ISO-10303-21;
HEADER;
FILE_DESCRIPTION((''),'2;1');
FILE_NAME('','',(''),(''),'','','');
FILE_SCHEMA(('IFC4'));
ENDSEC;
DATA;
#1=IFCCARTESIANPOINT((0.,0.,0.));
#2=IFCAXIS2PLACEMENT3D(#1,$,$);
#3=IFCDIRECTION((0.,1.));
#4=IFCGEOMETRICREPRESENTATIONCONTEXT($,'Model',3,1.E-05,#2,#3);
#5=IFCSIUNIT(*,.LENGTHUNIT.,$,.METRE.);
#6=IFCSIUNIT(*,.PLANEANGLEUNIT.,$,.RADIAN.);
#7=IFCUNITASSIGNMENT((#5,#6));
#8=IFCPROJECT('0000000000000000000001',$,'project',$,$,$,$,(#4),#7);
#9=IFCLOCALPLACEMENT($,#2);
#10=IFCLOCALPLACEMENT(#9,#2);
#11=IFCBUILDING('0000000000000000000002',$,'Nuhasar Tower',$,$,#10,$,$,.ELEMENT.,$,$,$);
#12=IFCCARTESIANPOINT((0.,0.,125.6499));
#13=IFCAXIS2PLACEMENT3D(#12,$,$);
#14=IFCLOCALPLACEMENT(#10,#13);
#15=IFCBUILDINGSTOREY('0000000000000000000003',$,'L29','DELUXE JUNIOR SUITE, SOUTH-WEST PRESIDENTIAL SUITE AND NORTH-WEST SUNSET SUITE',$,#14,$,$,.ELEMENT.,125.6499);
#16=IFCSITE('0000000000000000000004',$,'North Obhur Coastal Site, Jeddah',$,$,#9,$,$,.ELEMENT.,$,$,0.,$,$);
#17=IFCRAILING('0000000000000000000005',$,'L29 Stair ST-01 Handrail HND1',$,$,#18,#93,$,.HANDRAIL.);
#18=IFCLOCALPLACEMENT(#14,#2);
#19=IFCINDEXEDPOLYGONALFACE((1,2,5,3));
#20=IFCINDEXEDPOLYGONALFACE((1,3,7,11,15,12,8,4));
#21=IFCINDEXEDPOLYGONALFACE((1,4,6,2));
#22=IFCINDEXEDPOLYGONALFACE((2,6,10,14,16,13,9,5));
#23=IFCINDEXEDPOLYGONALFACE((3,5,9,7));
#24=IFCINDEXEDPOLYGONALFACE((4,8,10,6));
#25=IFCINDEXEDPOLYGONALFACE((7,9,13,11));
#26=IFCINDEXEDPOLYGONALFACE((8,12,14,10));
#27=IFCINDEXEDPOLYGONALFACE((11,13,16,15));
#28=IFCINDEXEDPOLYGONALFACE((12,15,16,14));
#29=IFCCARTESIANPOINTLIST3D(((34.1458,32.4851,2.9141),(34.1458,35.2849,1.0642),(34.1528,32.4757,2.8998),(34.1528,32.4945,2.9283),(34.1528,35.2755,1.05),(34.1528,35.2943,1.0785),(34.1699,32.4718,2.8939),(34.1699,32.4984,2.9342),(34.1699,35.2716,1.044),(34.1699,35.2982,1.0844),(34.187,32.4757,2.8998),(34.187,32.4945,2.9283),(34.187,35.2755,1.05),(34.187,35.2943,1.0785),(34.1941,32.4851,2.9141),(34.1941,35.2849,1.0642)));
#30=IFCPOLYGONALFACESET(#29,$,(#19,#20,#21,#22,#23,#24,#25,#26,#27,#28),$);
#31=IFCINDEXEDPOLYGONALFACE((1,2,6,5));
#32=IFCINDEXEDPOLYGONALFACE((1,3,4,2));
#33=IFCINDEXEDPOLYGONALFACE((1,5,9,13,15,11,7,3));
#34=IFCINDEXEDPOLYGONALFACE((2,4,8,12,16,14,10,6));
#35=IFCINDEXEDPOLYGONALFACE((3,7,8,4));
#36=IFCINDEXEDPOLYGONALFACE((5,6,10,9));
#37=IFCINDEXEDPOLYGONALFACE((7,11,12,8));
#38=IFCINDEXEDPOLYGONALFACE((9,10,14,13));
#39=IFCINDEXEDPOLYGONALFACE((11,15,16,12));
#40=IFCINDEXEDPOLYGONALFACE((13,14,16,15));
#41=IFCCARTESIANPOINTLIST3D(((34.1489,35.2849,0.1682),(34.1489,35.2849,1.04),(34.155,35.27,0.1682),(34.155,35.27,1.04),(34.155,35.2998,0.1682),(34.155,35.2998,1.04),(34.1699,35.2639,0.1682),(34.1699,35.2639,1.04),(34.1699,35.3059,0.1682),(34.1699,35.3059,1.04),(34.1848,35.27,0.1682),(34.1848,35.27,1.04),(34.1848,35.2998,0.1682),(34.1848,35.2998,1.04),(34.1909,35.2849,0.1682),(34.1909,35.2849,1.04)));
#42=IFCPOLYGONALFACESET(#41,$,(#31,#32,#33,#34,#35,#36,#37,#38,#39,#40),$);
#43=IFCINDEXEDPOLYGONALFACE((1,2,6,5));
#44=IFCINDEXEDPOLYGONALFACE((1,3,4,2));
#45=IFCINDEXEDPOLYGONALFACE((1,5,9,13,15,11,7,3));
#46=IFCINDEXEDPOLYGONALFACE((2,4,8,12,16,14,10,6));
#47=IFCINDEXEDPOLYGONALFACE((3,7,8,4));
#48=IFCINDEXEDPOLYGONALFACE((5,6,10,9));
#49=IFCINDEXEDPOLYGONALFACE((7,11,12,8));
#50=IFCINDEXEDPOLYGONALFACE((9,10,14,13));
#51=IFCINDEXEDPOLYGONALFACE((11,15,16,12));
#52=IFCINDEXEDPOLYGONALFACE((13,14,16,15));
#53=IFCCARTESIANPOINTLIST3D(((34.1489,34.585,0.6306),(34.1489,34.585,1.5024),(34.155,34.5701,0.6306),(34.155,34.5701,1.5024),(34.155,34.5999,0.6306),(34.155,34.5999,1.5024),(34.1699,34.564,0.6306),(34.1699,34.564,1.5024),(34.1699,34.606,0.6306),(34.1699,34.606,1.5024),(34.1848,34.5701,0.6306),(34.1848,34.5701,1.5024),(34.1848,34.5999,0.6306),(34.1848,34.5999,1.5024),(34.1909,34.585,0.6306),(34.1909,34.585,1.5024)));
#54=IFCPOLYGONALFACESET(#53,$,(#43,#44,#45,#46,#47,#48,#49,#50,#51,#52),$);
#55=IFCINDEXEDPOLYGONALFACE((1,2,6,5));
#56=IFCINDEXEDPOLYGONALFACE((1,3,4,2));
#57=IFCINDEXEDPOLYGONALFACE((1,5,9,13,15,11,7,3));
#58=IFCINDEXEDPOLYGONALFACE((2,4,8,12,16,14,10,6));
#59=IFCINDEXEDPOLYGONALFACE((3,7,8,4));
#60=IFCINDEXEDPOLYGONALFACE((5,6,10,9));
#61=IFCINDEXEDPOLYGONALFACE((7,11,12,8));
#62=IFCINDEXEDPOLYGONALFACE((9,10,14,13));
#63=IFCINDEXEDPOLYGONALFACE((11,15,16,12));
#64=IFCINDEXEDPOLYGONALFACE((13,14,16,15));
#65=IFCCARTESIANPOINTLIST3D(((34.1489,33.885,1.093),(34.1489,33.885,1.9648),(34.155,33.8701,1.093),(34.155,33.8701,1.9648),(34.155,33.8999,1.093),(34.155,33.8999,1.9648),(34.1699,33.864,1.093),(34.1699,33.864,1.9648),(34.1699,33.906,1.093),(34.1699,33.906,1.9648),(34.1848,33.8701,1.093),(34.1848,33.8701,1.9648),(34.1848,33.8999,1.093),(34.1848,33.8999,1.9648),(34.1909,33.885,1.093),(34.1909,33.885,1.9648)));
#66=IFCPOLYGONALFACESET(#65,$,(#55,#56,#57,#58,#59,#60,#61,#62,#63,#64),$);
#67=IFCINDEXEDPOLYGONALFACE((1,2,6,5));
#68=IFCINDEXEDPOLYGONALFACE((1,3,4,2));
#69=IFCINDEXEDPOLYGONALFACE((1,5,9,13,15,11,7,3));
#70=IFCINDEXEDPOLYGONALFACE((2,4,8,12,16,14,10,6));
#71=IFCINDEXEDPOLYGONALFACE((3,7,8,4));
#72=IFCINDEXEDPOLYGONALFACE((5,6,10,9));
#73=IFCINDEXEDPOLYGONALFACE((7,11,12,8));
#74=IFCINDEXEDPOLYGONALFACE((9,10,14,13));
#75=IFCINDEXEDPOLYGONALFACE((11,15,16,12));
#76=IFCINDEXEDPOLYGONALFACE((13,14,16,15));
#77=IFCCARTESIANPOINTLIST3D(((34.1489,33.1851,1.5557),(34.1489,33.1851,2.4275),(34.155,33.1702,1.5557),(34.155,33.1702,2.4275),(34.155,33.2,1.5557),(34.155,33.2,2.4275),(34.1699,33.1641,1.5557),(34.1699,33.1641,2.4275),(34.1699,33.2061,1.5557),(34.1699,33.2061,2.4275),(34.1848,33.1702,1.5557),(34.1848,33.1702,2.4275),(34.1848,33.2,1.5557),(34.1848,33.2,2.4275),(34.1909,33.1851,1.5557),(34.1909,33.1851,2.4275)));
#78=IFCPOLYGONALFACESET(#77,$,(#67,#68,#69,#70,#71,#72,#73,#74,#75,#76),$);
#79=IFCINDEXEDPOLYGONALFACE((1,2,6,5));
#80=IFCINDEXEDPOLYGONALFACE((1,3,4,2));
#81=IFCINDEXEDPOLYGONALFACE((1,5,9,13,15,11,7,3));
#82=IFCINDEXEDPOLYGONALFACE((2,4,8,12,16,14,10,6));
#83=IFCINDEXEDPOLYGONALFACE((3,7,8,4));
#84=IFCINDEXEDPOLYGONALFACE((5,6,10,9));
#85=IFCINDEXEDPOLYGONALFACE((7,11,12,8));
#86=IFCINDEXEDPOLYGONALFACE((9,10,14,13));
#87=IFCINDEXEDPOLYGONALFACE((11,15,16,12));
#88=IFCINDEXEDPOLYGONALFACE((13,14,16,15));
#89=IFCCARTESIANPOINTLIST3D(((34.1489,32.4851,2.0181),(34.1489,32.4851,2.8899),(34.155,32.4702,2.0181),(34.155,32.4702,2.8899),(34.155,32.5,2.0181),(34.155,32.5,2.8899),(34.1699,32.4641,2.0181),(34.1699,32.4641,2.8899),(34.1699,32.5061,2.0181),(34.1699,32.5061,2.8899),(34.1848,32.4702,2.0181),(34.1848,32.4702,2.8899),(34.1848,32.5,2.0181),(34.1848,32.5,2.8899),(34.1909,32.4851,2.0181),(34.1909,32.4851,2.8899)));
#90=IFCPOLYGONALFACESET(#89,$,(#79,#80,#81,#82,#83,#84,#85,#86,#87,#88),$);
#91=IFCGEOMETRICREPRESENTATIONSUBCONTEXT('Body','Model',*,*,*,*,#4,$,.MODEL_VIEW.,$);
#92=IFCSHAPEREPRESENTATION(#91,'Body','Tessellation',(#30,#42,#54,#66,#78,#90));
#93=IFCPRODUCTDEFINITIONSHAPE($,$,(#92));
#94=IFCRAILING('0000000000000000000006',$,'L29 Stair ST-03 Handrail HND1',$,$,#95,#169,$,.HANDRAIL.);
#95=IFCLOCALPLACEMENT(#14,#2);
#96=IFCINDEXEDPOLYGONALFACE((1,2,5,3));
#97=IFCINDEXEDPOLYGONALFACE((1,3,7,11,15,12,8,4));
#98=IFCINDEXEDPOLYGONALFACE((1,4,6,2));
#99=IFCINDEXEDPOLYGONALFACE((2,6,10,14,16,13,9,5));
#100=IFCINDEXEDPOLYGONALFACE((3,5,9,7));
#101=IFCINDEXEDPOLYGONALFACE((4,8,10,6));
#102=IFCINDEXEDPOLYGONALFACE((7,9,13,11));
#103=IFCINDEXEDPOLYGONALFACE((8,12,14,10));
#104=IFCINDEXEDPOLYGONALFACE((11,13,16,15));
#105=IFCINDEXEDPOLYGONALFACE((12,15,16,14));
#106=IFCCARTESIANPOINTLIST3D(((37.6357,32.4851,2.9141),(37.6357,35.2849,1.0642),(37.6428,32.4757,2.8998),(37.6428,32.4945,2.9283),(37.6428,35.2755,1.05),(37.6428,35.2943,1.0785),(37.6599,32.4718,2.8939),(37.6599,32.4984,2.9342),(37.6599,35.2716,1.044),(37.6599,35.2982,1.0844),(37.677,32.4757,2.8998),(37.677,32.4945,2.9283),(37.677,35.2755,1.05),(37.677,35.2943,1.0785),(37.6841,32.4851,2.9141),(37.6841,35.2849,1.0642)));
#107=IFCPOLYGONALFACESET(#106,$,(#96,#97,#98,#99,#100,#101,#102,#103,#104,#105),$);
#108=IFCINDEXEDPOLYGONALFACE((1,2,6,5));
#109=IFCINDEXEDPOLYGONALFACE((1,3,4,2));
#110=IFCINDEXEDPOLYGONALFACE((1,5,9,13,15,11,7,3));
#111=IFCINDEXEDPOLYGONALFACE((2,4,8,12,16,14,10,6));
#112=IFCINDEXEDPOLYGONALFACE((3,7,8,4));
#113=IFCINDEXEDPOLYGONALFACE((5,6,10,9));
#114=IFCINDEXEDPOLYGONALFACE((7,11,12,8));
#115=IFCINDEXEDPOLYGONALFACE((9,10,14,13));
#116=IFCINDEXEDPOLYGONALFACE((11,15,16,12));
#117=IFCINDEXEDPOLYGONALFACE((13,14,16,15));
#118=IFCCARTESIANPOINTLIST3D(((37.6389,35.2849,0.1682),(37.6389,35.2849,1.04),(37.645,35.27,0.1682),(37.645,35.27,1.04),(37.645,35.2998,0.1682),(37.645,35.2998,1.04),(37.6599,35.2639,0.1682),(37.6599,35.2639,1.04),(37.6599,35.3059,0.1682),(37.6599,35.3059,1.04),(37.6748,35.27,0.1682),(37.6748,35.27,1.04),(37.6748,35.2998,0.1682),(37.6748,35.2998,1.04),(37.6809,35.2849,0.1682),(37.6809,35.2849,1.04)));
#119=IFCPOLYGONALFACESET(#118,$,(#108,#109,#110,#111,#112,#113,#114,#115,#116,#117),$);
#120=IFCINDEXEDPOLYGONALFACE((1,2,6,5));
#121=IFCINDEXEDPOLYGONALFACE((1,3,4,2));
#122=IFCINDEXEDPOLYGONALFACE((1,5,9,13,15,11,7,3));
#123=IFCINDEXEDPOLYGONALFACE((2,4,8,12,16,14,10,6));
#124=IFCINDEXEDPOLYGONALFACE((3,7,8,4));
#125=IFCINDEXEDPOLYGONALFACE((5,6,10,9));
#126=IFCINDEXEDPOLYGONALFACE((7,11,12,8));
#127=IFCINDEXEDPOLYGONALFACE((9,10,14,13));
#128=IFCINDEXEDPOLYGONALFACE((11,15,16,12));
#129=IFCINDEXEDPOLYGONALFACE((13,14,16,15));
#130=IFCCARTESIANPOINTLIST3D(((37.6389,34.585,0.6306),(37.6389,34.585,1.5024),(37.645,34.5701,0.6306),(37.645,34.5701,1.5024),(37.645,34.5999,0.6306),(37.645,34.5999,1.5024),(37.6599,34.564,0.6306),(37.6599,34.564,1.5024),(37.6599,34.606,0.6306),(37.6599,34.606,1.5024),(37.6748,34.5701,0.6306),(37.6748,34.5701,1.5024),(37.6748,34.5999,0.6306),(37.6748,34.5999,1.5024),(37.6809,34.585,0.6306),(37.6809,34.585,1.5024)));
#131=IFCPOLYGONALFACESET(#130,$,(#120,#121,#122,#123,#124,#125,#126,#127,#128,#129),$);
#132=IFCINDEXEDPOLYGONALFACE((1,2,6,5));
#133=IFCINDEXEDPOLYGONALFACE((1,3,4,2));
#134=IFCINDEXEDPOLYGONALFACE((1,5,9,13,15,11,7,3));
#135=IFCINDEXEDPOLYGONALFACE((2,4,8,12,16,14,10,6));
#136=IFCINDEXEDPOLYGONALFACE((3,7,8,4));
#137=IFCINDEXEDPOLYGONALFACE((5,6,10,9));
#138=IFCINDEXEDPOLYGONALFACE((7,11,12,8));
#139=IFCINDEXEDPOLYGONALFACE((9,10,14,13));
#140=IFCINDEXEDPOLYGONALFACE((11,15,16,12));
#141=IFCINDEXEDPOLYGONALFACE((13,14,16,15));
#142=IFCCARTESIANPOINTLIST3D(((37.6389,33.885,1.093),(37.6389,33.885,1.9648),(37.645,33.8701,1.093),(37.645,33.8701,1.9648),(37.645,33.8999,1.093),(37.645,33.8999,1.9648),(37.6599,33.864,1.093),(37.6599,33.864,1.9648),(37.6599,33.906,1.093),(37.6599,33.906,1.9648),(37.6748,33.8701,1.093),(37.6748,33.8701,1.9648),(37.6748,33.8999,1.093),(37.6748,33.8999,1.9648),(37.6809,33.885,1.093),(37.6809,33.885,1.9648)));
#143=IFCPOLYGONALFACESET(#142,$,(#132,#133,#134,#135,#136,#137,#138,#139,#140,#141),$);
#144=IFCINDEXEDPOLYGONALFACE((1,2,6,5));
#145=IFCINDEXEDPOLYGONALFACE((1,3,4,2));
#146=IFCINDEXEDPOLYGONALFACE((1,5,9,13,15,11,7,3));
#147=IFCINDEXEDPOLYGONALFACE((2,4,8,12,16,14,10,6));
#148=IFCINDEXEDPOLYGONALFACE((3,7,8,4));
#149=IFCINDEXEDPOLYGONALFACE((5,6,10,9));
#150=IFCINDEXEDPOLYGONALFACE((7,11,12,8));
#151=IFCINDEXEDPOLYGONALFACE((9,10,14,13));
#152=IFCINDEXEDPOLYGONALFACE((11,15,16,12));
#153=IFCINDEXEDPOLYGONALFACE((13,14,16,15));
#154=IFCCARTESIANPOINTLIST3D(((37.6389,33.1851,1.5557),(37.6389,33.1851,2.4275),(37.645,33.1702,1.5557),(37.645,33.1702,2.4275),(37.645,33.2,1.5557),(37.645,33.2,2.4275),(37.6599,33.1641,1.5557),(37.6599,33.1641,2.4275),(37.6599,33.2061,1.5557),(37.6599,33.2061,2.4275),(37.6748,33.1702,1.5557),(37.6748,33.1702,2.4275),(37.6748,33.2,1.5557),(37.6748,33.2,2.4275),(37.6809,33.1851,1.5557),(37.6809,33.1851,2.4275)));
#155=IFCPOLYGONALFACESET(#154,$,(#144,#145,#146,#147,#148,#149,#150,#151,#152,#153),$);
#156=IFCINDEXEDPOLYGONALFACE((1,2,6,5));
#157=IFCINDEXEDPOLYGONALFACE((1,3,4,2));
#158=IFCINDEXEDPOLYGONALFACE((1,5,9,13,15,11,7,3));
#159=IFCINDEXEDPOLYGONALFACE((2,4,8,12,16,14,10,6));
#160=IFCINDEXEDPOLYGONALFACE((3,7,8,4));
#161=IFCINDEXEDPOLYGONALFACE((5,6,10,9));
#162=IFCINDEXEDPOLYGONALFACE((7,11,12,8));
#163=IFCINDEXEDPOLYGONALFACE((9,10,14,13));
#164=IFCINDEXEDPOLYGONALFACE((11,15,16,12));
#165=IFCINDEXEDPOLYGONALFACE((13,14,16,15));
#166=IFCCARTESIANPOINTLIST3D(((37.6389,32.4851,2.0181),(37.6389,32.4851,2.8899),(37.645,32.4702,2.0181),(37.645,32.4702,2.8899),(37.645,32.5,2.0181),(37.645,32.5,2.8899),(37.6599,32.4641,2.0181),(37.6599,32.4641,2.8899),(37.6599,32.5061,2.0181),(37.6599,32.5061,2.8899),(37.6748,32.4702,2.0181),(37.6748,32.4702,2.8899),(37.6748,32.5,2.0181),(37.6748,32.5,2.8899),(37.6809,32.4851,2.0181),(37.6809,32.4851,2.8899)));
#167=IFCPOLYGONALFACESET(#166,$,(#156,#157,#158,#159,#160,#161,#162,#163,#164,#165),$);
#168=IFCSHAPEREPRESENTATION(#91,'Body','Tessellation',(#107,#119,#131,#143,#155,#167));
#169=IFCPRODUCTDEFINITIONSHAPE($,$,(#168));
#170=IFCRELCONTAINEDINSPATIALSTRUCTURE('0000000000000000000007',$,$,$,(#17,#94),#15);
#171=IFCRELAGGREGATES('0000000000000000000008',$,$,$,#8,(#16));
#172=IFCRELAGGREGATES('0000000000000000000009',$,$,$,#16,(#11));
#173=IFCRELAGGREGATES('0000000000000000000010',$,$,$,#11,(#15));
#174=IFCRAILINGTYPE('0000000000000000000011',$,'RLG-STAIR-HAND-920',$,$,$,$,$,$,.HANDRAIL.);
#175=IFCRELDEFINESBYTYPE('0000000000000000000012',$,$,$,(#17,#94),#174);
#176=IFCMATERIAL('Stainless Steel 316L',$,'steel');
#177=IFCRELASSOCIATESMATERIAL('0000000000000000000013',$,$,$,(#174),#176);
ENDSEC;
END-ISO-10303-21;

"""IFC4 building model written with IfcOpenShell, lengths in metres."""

from ifc_helpers import new_model, si_unit, direction, frame, origin, place, context, subcontext, project, spatial, polyline, outline, extrude, material, type_object, element, save


model = new_model("IFC4")

# Units and contexts
model_context = context("Model", 3, precision=1e-05, world=origin(), true_north=direction((0.0, 1.0)))
body_context = subcontext(model_context, "Body", "Model", "MODEL_VIEW")
ifc_project = project(units=[si_unit("LENGTHUNIT", "METRE"), si_unit("PLANEANGLEUNIT", "RADIAN")], contexts=[model_context])

# Site, building, storey
site_placement = place(None, origin())
site = spatial("IfcSite", under=ifc_project, at=site_placement, Name="North Obhur Coastal Site, Jeddah", CompositionType="ELEMENT", RefElevation=0.0)
building_placement = place(site_placement, origin())
building = spatial("IfcBuilding", under=site, at=building_placement, Name="Nuhasar Tower", CompositionType="ELEMENT")
storey_placement = place(building_placement, frame((0.0, 0.0, 125.6499)))
storey = spatial("IfcBuildingStorey", under=building, at=storey_placement, Name="L29", Description="DELUXE JUNIOR SUITE, SOUTH-WEST PRESIDENTIAL SUITE AND NORTH-WEST SUNSET SUITE", CompositionType="ELEMENT", Elevation=125.6499)

# Railings
ifc_material_1 = material(Name="Stainless Steel 316L", Category="steel")
railing_type_1 = type_object("IfcRailingType", Name="RLG-STAIR-HAND-920", PredefinedType="HANDRAIL", material=ifc_material_1)
railing_1_placement = place(storey_placement, frame((34.1699, 35.2849, 0.1682)))
element("IfcRailing", 1, at=railing_1_placement, inside=storey, type_object=railing_type_1, Name="L29 Stair ST-01 Handrail HND1", PredefinedType="HANDRAIL", context=body_context, shape_type="SweptSolid", body=[
    extrude(outline(polyline([(0.0242, 0.0), (0.0171, 0.0171), (0.0, 0.0242), (-0.0171, 0.0171), (-0.0242, 0.0), (-0.0171, -0.0171), (0.0, -0.0242), (0.0171, -0.0171), (0.0242, 0.0)])), frame((0.0, 0.0, 0.896), z_axis=(0.0, -0.834338, 0.551254), x_axis=(1.0, 0.0, 0.0)), (0.0, 0.0, 1.0), 3.3557),
    extrude(outline(polyline([(0.021, 0.0), (0.0149, 0.0149), (0.0, 0.021), (-0.0149, 0.0149), (-0.021, 0.0), (-0.0149, -0.0149), (0.0, -0.021), (0.0149, -0.0149), (0.021, 0.0)])), origin(), (0.0, 0.0, 1.0), 0.8718),
    extrude(outline(polyline([(0.021, 0.0), (0.0149, 0.0149), (0.0, 0.021), (-0.0149, 0.0149), (-0.021, 0.0), (-0.0149, -0.0149), (0.0, -0.021), (0.0149, -0.0149), (0.021, 0.0)])), frame((0.0, -0.7, 0.4624)), (0.0, 0.0, 1.0), 0.8718),
    extrude(outline(polyline([(0.021, 0.0), (0.0149, 0.0149), (0.0, 0.021), (-0.0149, 0.0149), (-0.021, 0.0), (-0.0149, -0.0149), (0.0, -0.021), (0.0149, -0.0149), (0.021, 0.0)])), frame((0.0, -1.3999, 0.9248)), (0.0, 0.0, 1.0), 0.8718),
    extrude(outline(polyline([(0.021, 0.0), (0.0149, 0.0149), (0.0, 0.021), (-0.0149, 0.0149), (-0.021, 0.0), (-0.0149, -0.0149), (0.0, -0.021), (0.0149, -0.0149), (0.021, 0.0)])), frame((0.0, -2.0999, 1.3875)), (0.0, 0.0, 1.0), 0.8718),
    extrude(outline(polyline([(0.021, 0.0), (0.0149, 0.0149), (0.0, 0.021), (-0.0149, 0.0149), (-0.021, 0.0), (-0.0149, -0.0149), (0.0, -0.021), (0.0149, -0.0149), (0.021, 0.0)])), frame((0.0, -2.7998, 1.8499)), (0.0, 0.0, 1.0), 0.8718),
])
railing_2_placement = place(storey_placement, frame((37.6599, 35.2849, 0.1682)))
element("IfcRailing", 2, at=railing_2_placement, inside=storey, type_object=railing_type_1, Name="L29 Stair ST-03 Handrail HND1", PredefinedType="HANDRAIL", context=body_context, shape_type="SweptSolid", body=[
    extrude(outline(polyline([(0.0242, 0.0), (0.0171, 0.0171), (0.0, 0.0242), (-0.0171, 0.0171), (-0.0242, 0.0), (-0.0171, -0.0171), (0.0, -0.0242), (0.0171, -0.0171), (0.0242, 0.0)])), frame((0.0, 0.0, 0.896), z_axis=(0.0, -0.834338, 0.551254), x_axis=(1.0, 0.0, 0.0)), (0.0, 0.0, 1.0), 3.3557),
    extrude(outline(polyline([(0.021, 0.0), (0.0149, 0.0149), (0.0, 0.021), (-0.0149, 0.0149), (-0.021, 0.0), (-0.0149, -0.0149), (0.0, -0.021), (0.0149, -0.0149), (0.021, 0.0)])), origin(), (0.0, 0.0, 1.0), 0.8718),
    extrude(outline(polyline([(0.021, 0.0), (0.0149, 0.0149), (0.0, 0.021), (-0.0149, 0.0149), (-0.021, 0.0), (-0.0149, -0.0149), (0.0, -0.021), (0.0149, -0.0149), (0.021, 0.0)])), frame((0.0, -0.7, 0.4624)), (0.0, 0.0, 1.0), 0.8718),
    extrude(outline(polyline([(0.021, 0.0), (0.0149, 0.0149), (0.0, 0.021), (-0.0149, 0.0149), (-0.021, 0.0), (-0.0149, -0.0149), (0.0, -0.021), (0.0149, -0.0149), (0.021, 0.0)])), frame((0.0, -1.3999, 0.9248)), (0.0, 0.0, 1.0), 0.8718),
    extrude(outline(polyline([(0.021, 0.0), (0.0149, 0.0149), (0.0, 0.021), (-0.0149, 0.0149), (-0.021, 0.0), (-0.0149, -0.0149), (0.0, -0.021), (0.0149, -0.0149), (0.021, 0.0)])), frame((0.0, -2.0999, 1.3875)), (0.0, 0.0, 1.0), 0.8718),
    extrude(outline(polyline([(0.021, 0.0), (0.0149, 0.0149), (0.0, 0.021), (-0.0149, 0.0149), (-0.021, 0.0), (-0.0149, -0.0149), (0.0, -0.021), (0.0149, -0.0149), (0.021, 0.0)])), frame((0.0, -2.7998, 1.8499)), (0.0, 0.0, 1.0), 0.8718),
])

save(model, "model.ifc")
